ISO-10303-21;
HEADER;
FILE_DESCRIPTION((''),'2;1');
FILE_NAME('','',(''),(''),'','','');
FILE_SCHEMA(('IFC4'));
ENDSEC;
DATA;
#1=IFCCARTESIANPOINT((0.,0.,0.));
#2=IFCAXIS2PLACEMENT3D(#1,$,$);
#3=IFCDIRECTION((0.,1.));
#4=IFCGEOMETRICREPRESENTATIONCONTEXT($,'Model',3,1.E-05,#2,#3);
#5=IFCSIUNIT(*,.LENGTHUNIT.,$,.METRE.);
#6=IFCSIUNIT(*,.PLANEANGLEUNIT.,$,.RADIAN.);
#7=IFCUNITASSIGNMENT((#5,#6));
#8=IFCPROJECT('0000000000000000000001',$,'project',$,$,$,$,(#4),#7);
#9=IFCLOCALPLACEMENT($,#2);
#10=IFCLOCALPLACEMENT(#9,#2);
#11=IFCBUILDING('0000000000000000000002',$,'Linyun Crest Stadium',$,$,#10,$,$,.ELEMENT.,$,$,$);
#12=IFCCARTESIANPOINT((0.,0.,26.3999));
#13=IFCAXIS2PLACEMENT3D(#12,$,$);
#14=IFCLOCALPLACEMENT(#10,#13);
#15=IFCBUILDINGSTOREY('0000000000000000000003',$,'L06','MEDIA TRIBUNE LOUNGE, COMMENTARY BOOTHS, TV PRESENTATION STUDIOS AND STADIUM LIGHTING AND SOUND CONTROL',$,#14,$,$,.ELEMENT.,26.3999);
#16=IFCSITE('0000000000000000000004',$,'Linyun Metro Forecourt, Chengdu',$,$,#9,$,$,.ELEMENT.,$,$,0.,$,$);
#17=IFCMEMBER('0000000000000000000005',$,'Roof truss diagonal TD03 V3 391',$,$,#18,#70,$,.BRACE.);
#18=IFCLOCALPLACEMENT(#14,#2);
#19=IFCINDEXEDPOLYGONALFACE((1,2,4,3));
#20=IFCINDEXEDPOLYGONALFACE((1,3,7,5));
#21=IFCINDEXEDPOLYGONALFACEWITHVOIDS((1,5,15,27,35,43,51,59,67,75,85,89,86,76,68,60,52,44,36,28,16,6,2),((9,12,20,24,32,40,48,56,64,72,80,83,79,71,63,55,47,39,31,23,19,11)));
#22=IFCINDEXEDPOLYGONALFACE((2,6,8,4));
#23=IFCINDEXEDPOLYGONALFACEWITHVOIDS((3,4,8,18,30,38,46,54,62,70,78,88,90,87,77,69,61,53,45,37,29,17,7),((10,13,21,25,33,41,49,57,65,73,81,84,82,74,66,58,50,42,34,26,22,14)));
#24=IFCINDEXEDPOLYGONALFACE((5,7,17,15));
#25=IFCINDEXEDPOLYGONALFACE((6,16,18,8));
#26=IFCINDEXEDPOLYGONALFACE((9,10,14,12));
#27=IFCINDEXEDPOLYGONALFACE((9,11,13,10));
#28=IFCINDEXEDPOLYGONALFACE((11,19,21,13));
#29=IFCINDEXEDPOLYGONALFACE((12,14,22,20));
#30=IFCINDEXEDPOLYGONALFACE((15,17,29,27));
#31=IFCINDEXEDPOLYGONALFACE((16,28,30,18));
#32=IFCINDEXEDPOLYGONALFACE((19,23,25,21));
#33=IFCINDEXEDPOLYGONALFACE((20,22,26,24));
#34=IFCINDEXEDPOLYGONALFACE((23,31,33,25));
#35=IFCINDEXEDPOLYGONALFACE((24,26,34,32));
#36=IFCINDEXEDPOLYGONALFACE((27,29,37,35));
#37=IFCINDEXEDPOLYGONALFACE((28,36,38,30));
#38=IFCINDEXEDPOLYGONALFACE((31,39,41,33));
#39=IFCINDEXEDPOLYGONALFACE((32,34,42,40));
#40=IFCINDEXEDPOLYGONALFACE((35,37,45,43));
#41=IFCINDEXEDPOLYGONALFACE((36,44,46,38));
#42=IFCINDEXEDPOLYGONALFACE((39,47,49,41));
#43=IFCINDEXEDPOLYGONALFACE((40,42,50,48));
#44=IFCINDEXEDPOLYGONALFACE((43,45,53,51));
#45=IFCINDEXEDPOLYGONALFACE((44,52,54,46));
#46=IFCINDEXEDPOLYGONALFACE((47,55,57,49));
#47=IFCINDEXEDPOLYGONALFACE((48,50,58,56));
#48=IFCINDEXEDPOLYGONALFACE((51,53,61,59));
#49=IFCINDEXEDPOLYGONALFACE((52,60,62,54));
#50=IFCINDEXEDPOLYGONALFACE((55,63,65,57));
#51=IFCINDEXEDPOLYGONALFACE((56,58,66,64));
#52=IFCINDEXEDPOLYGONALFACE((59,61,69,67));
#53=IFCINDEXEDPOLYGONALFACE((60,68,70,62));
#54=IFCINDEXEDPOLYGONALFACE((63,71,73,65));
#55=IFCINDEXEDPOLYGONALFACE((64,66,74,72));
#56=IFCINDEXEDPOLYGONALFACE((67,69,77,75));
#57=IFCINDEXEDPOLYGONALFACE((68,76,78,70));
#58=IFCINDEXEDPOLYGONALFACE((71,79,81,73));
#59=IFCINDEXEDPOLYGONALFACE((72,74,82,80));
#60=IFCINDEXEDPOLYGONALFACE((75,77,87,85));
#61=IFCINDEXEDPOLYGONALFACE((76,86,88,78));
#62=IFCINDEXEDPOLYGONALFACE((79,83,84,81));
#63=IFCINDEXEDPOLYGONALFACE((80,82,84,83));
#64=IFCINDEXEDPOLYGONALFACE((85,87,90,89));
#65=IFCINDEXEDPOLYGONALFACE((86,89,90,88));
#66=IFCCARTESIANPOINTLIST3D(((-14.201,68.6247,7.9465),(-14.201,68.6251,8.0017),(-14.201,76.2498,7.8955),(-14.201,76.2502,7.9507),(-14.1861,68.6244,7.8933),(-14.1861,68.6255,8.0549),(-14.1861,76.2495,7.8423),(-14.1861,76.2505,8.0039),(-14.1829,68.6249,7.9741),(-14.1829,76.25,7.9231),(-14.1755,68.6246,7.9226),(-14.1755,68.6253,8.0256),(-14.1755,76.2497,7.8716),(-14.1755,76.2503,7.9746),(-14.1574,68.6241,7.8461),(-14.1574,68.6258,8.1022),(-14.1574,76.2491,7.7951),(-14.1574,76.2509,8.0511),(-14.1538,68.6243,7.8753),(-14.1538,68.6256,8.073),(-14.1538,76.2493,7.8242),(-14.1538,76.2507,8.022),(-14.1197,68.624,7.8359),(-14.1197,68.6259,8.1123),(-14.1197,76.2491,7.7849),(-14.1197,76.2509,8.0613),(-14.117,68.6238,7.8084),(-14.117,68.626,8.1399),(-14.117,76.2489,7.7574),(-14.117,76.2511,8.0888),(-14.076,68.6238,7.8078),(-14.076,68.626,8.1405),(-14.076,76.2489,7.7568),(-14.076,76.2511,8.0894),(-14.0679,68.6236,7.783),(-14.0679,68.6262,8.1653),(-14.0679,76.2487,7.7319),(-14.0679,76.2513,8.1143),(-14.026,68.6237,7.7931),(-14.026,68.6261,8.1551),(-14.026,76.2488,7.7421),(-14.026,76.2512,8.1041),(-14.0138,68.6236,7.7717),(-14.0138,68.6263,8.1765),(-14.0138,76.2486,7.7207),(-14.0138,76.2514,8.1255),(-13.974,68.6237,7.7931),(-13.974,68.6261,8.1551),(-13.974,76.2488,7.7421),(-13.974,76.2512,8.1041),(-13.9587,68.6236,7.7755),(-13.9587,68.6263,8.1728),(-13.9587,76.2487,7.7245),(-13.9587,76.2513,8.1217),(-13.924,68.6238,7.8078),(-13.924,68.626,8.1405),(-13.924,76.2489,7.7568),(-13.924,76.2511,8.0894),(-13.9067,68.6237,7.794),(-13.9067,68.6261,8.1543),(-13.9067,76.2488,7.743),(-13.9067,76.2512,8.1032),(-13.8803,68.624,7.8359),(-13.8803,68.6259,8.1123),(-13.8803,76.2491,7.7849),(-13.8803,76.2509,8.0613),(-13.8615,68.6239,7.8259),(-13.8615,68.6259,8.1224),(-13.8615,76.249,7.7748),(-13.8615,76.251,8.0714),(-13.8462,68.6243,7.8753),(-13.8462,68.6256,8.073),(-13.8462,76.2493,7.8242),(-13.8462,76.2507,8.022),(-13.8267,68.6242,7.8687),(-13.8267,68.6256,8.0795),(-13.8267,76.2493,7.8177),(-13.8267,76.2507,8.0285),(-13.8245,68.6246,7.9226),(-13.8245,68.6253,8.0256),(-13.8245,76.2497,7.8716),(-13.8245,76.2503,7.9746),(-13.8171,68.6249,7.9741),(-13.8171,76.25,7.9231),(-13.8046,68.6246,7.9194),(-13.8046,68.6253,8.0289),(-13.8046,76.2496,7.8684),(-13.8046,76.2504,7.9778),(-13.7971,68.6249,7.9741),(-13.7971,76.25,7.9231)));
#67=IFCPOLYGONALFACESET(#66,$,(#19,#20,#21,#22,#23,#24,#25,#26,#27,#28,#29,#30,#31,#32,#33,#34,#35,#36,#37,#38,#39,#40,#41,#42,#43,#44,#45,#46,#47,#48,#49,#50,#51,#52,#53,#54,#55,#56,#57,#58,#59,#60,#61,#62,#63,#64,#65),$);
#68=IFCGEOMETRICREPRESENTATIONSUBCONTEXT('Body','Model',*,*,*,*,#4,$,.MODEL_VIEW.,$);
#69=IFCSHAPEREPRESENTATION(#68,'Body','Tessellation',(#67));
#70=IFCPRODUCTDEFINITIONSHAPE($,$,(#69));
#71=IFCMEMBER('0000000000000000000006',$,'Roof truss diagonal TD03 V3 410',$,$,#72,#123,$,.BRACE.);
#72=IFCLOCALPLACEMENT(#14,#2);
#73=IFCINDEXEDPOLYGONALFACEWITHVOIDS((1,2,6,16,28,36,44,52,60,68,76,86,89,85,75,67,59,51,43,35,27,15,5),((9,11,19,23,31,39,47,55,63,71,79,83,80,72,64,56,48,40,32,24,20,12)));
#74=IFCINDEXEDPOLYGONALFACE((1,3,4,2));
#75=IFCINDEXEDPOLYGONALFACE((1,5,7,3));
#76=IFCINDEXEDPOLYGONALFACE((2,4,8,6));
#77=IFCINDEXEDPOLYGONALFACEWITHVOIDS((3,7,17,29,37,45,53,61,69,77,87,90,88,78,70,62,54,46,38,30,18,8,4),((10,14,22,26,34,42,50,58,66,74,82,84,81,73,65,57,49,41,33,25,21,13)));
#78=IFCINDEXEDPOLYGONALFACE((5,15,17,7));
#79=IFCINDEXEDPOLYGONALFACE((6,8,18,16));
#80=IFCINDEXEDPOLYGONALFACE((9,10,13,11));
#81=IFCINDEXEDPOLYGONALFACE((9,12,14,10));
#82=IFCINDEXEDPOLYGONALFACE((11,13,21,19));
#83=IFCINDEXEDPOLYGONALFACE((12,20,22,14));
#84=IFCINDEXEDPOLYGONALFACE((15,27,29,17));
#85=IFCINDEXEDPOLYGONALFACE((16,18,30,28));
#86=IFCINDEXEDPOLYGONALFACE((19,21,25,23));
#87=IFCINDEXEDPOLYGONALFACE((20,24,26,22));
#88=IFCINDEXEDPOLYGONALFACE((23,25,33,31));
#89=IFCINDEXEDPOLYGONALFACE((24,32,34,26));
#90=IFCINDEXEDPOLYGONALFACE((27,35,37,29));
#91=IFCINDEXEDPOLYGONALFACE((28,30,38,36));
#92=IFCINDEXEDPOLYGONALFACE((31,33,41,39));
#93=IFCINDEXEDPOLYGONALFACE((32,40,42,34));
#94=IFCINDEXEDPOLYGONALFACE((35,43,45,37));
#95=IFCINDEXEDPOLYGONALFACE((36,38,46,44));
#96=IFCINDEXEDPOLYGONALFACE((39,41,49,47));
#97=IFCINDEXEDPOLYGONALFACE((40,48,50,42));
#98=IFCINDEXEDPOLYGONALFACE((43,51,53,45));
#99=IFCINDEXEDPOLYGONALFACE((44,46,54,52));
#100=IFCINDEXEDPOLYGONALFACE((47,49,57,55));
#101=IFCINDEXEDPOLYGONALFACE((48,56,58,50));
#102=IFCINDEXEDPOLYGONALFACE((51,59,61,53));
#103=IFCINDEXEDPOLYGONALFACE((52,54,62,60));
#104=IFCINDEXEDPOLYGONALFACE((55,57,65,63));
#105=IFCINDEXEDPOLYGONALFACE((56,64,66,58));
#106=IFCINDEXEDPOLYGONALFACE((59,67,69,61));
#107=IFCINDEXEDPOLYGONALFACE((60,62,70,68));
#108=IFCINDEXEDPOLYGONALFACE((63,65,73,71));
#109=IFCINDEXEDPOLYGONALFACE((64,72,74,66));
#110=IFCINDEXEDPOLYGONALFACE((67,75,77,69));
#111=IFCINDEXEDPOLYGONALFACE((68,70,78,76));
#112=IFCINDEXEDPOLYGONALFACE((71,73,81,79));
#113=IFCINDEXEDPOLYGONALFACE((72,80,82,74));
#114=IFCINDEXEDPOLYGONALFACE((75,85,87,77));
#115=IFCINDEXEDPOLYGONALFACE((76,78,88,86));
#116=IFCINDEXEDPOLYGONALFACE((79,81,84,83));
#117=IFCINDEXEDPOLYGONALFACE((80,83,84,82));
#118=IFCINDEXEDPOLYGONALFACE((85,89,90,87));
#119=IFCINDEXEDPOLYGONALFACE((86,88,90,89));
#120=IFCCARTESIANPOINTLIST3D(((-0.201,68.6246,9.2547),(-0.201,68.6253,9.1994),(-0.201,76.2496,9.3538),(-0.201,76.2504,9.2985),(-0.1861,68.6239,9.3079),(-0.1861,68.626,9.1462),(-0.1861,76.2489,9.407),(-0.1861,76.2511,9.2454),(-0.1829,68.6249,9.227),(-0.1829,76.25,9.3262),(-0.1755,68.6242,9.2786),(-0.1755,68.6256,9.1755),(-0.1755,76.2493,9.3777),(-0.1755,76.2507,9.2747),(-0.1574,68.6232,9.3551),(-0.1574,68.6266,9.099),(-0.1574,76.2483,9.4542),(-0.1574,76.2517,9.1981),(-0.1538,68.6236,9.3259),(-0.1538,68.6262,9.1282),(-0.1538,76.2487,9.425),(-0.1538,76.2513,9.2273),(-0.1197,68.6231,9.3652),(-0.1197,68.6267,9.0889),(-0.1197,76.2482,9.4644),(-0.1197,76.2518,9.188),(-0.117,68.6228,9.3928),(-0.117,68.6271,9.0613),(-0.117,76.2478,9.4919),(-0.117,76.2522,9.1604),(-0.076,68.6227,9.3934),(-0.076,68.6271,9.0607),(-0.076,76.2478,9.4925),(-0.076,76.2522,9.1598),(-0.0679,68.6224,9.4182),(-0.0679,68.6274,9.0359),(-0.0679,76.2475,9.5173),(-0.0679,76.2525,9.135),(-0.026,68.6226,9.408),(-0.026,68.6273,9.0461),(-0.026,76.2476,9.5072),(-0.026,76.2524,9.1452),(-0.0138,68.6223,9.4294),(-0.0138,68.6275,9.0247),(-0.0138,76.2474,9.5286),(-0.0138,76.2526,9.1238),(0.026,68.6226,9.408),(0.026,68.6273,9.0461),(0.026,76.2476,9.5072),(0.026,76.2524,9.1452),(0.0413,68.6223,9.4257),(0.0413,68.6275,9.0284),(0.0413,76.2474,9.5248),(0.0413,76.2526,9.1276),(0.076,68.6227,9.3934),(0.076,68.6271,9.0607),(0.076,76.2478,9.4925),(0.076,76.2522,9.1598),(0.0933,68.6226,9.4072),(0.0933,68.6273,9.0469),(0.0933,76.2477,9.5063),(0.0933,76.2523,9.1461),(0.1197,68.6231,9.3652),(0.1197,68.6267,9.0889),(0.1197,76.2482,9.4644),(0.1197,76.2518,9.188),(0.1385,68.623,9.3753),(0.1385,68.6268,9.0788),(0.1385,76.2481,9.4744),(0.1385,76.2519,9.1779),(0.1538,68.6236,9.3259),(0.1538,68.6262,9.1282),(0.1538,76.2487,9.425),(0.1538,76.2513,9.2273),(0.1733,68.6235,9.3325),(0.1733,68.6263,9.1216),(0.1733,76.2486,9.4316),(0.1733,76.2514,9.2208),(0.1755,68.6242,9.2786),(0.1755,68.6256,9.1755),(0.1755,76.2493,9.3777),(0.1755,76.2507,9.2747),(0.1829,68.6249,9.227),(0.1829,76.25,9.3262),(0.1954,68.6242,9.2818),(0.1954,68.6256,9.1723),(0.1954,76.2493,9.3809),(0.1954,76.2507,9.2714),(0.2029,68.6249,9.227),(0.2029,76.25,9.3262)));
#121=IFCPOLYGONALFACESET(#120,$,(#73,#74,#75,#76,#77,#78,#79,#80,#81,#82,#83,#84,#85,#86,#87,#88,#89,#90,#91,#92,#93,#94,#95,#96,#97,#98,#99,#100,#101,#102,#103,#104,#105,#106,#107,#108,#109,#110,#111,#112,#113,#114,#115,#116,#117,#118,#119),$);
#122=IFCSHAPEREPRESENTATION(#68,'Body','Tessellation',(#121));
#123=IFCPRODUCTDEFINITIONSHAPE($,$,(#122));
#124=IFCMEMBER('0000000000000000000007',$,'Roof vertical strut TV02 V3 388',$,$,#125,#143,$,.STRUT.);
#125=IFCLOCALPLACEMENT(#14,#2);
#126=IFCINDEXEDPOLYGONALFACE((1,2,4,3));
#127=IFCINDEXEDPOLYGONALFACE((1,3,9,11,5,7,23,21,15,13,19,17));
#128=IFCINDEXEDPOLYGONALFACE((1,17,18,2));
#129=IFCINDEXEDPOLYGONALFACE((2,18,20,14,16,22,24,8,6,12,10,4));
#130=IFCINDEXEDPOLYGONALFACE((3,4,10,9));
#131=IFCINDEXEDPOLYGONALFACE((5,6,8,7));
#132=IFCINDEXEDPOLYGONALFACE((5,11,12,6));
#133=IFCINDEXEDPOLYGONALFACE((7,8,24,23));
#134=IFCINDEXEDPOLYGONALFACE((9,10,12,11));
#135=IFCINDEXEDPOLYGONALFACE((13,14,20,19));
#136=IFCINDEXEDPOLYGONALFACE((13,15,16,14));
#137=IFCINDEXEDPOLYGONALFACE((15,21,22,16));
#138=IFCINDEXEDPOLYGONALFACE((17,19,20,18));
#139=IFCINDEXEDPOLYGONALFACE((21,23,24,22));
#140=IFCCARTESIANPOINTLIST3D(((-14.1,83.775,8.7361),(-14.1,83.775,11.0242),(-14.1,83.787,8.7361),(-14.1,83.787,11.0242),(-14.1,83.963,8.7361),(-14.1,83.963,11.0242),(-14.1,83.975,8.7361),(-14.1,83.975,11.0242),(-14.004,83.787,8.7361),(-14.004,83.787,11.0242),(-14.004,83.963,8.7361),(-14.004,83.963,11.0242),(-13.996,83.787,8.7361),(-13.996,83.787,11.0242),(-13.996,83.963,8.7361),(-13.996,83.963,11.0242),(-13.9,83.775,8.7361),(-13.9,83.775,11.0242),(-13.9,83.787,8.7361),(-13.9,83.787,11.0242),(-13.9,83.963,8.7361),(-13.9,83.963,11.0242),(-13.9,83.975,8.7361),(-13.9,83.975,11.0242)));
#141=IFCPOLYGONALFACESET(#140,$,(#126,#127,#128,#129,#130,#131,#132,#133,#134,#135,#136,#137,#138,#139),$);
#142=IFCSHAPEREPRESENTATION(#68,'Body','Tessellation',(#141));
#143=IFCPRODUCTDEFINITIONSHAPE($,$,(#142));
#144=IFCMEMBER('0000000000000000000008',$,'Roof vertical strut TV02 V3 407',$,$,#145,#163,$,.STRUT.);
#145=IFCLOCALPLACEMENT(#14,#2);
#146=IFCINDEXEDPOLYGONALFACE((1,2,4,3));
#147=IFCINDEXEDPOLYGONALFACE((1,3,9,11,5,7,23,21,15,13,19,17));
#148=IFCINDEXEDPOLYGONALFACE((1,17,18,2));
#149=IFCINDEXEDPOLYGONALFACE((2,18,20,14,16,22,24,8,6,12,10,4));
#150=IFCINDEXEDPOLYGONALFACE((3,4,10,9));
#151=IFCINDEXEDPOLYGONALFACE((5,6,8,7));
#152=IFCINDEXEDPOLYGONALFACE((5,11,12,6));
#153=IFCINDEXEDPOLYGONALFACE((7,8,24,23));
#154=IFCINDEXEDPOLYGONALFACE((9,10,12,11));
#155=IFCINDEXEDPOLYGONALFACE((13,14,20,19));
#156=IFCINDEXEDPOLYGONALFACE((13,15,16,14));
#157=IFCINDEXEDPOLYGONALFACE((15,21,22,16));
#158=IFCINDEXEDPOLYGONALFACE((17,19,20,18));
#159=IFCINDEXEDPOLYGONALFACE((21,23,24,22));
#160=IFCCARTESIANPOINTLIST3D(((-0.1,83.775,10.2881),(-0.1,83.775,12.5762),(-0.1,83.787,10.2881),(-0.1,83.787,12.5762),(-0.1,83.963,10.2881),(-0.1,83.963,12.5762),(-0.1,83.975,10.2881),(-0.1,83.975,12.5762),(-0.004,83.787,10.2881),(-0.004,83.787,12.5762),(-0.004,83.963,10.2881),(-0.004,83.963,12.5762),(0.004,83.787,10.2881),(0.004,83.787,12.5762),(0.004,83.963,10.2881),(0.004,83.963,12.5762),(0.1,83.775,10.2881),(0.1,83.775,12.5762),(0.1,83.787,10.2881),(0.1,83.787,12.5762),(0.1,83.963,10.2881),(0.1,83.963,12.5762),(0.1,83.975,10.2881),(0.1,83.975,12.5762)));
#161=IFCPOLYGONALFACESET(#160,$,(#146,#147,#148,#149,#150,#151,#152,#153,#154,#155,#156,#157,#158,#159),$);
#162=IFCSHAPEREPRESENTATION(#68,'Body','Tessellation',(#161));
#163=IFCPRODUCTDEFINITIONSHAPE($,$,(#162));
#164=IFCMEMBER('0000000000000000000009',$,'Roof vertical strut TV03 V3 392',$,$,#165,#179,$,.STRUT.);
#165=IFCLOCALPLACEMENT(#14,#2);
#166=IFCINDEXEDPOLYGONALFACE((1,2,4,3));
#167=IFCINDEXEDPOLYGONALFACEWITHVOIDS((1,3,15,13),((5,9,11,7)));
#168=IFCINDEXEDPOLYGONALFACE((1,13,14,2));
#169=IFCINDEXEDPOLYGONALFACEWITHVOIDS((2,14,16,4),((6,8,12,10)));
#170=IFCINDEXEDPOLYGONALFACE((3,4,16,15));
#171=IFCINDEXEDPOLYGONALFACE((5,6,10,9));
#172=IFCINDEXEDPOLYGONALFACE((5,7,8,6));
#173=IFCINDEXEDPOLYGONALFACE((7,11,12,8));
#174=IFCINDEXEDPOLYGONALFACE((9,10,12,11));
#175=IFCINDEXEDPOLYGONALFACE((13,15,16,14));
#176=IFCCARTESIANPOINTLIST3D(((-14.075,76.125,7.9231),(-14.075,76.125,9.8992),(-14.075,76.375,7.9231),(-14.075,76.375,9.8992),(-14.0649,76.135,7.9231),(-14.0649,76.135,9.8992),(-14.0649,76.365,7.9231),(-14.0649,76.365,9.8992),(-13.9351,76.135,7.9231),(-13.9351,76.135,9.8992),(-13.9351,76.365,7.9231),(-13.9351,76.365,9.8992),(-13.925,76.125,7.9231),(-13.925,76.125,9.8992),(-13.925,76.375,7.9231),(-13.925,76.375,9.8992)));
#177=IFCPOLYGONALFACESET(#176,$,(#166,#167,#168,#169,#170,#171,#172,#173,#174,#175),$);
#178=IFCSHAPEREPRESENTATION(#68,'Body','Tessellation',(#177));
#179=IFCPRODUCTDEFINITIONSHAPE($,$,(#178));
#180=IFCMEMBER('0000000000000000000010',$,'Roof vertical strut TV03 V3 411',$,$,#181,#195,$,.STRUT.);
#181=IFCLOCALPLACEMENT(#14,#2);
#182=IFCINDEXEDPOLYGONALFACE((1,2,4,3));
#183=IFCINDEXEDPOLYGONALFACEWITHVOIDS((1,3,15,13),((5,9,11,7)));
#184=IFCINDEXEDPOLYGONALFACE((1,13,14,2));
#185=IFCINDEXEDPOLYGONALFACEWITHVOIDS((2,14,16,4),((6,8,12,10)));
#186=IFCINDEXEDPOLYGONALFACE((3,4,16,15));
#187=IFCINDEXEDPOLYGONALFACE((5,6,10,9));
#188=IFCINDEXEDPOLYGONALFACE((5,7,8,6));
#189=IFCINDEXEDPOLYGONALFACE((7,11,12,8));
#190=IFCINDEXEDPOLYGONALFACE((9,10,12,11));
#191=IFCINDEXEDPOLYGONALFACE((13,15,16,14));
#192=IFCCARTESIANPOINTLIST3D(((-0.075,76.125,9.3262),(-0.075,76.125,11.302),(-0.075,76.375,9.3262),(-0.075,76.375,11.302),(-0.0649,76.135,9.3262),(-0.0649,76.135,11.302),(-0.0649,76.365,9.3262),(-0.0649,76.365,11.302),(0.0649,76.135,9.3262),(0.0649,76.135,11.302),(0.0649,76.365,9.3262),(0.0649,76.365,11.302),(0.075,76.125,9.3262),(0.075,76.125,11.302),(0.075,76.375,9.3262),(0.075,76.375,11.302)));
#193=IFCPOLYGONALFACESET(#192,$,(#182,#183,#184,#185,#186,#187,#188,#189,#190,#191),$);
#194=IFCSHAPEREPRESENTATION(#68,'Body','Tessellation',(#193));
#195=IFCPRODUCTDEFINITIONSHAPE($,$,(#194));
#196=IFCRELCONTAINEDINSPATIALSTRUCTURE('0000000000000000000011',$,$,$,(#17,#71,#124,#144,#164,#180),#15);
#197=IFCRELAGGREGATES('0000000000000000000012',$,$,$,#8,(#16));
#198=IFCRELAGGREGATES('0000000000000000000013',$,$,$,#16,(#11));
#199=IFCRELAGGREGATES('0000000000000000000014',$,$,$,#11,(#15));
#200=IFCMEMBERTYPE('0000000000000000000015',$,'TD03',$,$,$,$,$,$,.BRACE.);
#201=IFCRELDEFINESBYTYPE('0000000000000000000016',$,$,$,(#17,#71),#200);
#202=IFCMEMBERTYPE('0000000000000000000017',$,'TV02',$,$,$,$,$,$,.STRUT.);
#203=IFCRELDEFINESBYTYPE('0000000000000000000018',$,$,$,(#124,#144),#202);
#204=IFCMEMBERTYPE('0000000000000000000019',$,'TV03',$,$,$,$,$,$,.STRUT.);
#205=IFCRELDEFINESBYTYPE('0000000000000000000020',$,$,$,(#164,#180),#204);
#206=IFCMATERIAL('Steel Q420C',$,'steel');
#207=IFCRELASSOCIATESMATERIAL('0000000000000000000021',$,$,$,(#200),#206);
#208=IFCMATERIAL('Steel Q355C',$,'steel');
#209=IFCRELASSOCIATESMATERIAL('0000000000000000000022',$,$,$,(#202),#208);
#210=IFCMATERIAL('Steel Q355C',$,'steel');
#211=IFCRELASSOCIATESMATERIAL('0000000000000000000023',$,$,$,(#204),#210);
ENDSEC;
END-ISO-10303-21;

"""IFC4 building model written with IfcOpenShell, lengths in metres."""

from ifc_helpers import new_model, si_unit, direction, frame, origin, origin_2d, place, context, subcontext, project, spatial, hollow_rectangle, hollow_circle, i_section, extrude, material, material_profile, profile_set, type_object, element, save


model = new_model("IFC4")

# Units and contexts
model_context = context("Model", 3, precision=1e-05, world=origin(), true_north=direction((0.0, 1.0)))
body_context = subcontext(model_context, "Body", "Model", "MODEL_VIEW")
ifc_project = project(units=[si_unit("LENGTHUNIT", "METRE"), si_unit("PLANEANGLEUNIT", "RADIAN")], contexts=[model_context])

# Site, building, storey
site_placement = place(None, origin())
site = spatial("IfcSite", under=ifc_project, at=site_placement, Name="Linyun Metro Forecourt, Chengdu", CompositionType="ELEMENT", RefElevation=0.0)
building_placement = place(site_placement, origin())
building = spatial("IfcBuilding", under=site, at=building_placement, Name="Linyun Crest Stadium", CompositionType="ELEMENT")
storey_placement = place(building_placement, frame((0.0, 0.0, 26.3999)))
storey = spatial("IfcBuildingStorey", under=building, at=storey_placement, Name="L06", Description="MEDIA TRIBUNE LOUNGE, COMMENTARY BOOTHS, TV PRESENTATION STUDIOS AND STADIUM LIGHTING AND SOUND CONTROL", CompositionType="ELEMENT", Elevation=26.3999)

# Members
ifc_material_1 = material(Name="Steel Q420C", Category="steel")
ifc_material_profile_1 = material_profile(ifc_material_1, hollow_circle(Radius=0.2029, WallThickness=0.02, at=origin_2d()), Name="CHS 406x20")
ifc_profile_set_1 = profile_set([ifc_material_profile_1], Name="Steel Q420C")
member_type_1 = type_object("IfcMemberType", Name="TD03", PredefinedType="BRACE", material=ifc_profile_set_1)
member_1_placement = place(storey_placement, frame((-14.0, 76.25, 7.9231), z_axis=(0.0, -0.999978, 0.006692), x_axis=(1.0, 0.0, 0.0)))
element("IfcMember", 1, at=member_1_placement, inside=storey, type_object=member_type_1, Name="Roof truss diagonal TD03 V3 391", PredefinedType="BRACE", context=body_context, shape_type="SweptSolid", body=[
    extrude(hollow_circle(Radius=0.2029, WallThickness=0.02, at=origin_2d()), origin(), (0.0, 0.0, 1.0), 7.6252),
])
member_2_placement = place(storey_placement, frame((0.0, 76.25, 9.3262), z_axis=(0.0, -0.999916, -0.012998), x_axis=(1.0, 0.0, 0.0)))
element("IfcMember", 2, at=member_2_placement, inside=storey, type_object=member_type_1, Name="Roof truss diagonal TD03 V3 410", PredefinedType="BRACE", context=body_context, shape_type="SweptSolid", body=[
    extrude(hollow_circle(Radius=0.2029, WallThickness=0.02, at=origin_2d()), origin(), (0.0, 0.0, 1.0), 7.6257),
])
ifc_material_2 = material(Name="Steel Q355C", Category="steel")
ifc_material_profile_2 = material_profile(ifc_material_2, i_section(OverallWidth=0.2, OverallDepth=0.2, WebThickness=0.0081, FlangeThickness=0.012, at=origin_2d()), Name="HW 200x200")
ifc_profile_set_2 = profile_set([ifc_material_profile_2], Name="Steel Q355C")
member_type_2 = type_object("IfcMemberType", Name="TV02", PredefinedType="STRUT", material=ifc_profile_set_2)
for number, where, z_axis, x_axis, name in (
    (3, (-14.0, 83.875, 8.7361), (0.0, 0.0, 1.0), (1.0, 0.0, 0.0), "Roof vertical strut TV02 V3 388"),
    (4, (0.0, 83.875, 10.2881), (0.0, 0.0, 1.0), (1.0, 0.0, 0.0), "Roof vertical strut TV02 V3 407"),
):
    element("IfcMember", number, at=place(storey_placement, frame(where, z_axis=z_axis, x_axis=x_axis)), inside=storey, type_object=member_type_2, Name=name, PredefinedType="STRUT", context=body_context, shape_type="SweptSolid", body=[
        extrude(i_section(OverallWidth=0.2, OverallDepth=0.2, WebThickness=0.0081, FlangeThickness=0.012, at=origin_2d()), origin(), (0.0, 0.0, 1.0), 2.2881),
    ])
ifc_material_3 = material(Name="Steel Q355C", Category="steel")
ifc_material_profile_3 = material_profile(ifc_material_3, hollow_rectangle(XDim=0.1499, YDim=0.25, WallThickness=0.01, at=origin_2d()), Name="RHS 250x150x10")
ifc_profile_set_3 = profile_set([ifc_material_profile_3], Name="Steel Q355C")
member_type_3 = type_object("IfcMemberType", Name="TV03", PredefinedType="STRUT", material=ifc_profile_set_3)
member_3_placement = place(storey_placement, frame((-14.0, 76.25, 7.9231), z_axis=(0.0, 0.0, 1.0), x_axis=(1.0, 0.0, 0.0)))
element("IfcMember", 5, at=member_3_placement, inside=storey, type_object=member_type_3, Name="Roof vertical strut TV03 V3 392", PredefinedType="STRUT", context=body_context, shape_type="SweptSolid", body=[
    extrude(hollow_rectangle(XDim=0.1499, YDim=0.25, WallThickness=0.01, at=origin_2d()), origin(), (0.0, 0.0, 1.0), 1.9761),
])
member_4_placement = place(storey_placement, frame((0.0, 76.25, 9.3262), z_axis=(0.0, 0.0, 1.0), x_axis=(1.0, 0.0, 0.0)))
element("IfcMember", 6, at=member_4_placement, inside=storey, type_object=member_type_3, Name="Roof vertical strut TV03 V3 411", PredefinedType="STRUT", context=body_context, shape_type="SweptSolid", body=[
    extrude(hollow_rectangle(XDim=0.1499, YDim=0.25, WallThickness=0.01, at=origin_2d()), origin(), (0.0, 0.0, 1.0), 1.9758),
])

save(model, "model.ifc")
